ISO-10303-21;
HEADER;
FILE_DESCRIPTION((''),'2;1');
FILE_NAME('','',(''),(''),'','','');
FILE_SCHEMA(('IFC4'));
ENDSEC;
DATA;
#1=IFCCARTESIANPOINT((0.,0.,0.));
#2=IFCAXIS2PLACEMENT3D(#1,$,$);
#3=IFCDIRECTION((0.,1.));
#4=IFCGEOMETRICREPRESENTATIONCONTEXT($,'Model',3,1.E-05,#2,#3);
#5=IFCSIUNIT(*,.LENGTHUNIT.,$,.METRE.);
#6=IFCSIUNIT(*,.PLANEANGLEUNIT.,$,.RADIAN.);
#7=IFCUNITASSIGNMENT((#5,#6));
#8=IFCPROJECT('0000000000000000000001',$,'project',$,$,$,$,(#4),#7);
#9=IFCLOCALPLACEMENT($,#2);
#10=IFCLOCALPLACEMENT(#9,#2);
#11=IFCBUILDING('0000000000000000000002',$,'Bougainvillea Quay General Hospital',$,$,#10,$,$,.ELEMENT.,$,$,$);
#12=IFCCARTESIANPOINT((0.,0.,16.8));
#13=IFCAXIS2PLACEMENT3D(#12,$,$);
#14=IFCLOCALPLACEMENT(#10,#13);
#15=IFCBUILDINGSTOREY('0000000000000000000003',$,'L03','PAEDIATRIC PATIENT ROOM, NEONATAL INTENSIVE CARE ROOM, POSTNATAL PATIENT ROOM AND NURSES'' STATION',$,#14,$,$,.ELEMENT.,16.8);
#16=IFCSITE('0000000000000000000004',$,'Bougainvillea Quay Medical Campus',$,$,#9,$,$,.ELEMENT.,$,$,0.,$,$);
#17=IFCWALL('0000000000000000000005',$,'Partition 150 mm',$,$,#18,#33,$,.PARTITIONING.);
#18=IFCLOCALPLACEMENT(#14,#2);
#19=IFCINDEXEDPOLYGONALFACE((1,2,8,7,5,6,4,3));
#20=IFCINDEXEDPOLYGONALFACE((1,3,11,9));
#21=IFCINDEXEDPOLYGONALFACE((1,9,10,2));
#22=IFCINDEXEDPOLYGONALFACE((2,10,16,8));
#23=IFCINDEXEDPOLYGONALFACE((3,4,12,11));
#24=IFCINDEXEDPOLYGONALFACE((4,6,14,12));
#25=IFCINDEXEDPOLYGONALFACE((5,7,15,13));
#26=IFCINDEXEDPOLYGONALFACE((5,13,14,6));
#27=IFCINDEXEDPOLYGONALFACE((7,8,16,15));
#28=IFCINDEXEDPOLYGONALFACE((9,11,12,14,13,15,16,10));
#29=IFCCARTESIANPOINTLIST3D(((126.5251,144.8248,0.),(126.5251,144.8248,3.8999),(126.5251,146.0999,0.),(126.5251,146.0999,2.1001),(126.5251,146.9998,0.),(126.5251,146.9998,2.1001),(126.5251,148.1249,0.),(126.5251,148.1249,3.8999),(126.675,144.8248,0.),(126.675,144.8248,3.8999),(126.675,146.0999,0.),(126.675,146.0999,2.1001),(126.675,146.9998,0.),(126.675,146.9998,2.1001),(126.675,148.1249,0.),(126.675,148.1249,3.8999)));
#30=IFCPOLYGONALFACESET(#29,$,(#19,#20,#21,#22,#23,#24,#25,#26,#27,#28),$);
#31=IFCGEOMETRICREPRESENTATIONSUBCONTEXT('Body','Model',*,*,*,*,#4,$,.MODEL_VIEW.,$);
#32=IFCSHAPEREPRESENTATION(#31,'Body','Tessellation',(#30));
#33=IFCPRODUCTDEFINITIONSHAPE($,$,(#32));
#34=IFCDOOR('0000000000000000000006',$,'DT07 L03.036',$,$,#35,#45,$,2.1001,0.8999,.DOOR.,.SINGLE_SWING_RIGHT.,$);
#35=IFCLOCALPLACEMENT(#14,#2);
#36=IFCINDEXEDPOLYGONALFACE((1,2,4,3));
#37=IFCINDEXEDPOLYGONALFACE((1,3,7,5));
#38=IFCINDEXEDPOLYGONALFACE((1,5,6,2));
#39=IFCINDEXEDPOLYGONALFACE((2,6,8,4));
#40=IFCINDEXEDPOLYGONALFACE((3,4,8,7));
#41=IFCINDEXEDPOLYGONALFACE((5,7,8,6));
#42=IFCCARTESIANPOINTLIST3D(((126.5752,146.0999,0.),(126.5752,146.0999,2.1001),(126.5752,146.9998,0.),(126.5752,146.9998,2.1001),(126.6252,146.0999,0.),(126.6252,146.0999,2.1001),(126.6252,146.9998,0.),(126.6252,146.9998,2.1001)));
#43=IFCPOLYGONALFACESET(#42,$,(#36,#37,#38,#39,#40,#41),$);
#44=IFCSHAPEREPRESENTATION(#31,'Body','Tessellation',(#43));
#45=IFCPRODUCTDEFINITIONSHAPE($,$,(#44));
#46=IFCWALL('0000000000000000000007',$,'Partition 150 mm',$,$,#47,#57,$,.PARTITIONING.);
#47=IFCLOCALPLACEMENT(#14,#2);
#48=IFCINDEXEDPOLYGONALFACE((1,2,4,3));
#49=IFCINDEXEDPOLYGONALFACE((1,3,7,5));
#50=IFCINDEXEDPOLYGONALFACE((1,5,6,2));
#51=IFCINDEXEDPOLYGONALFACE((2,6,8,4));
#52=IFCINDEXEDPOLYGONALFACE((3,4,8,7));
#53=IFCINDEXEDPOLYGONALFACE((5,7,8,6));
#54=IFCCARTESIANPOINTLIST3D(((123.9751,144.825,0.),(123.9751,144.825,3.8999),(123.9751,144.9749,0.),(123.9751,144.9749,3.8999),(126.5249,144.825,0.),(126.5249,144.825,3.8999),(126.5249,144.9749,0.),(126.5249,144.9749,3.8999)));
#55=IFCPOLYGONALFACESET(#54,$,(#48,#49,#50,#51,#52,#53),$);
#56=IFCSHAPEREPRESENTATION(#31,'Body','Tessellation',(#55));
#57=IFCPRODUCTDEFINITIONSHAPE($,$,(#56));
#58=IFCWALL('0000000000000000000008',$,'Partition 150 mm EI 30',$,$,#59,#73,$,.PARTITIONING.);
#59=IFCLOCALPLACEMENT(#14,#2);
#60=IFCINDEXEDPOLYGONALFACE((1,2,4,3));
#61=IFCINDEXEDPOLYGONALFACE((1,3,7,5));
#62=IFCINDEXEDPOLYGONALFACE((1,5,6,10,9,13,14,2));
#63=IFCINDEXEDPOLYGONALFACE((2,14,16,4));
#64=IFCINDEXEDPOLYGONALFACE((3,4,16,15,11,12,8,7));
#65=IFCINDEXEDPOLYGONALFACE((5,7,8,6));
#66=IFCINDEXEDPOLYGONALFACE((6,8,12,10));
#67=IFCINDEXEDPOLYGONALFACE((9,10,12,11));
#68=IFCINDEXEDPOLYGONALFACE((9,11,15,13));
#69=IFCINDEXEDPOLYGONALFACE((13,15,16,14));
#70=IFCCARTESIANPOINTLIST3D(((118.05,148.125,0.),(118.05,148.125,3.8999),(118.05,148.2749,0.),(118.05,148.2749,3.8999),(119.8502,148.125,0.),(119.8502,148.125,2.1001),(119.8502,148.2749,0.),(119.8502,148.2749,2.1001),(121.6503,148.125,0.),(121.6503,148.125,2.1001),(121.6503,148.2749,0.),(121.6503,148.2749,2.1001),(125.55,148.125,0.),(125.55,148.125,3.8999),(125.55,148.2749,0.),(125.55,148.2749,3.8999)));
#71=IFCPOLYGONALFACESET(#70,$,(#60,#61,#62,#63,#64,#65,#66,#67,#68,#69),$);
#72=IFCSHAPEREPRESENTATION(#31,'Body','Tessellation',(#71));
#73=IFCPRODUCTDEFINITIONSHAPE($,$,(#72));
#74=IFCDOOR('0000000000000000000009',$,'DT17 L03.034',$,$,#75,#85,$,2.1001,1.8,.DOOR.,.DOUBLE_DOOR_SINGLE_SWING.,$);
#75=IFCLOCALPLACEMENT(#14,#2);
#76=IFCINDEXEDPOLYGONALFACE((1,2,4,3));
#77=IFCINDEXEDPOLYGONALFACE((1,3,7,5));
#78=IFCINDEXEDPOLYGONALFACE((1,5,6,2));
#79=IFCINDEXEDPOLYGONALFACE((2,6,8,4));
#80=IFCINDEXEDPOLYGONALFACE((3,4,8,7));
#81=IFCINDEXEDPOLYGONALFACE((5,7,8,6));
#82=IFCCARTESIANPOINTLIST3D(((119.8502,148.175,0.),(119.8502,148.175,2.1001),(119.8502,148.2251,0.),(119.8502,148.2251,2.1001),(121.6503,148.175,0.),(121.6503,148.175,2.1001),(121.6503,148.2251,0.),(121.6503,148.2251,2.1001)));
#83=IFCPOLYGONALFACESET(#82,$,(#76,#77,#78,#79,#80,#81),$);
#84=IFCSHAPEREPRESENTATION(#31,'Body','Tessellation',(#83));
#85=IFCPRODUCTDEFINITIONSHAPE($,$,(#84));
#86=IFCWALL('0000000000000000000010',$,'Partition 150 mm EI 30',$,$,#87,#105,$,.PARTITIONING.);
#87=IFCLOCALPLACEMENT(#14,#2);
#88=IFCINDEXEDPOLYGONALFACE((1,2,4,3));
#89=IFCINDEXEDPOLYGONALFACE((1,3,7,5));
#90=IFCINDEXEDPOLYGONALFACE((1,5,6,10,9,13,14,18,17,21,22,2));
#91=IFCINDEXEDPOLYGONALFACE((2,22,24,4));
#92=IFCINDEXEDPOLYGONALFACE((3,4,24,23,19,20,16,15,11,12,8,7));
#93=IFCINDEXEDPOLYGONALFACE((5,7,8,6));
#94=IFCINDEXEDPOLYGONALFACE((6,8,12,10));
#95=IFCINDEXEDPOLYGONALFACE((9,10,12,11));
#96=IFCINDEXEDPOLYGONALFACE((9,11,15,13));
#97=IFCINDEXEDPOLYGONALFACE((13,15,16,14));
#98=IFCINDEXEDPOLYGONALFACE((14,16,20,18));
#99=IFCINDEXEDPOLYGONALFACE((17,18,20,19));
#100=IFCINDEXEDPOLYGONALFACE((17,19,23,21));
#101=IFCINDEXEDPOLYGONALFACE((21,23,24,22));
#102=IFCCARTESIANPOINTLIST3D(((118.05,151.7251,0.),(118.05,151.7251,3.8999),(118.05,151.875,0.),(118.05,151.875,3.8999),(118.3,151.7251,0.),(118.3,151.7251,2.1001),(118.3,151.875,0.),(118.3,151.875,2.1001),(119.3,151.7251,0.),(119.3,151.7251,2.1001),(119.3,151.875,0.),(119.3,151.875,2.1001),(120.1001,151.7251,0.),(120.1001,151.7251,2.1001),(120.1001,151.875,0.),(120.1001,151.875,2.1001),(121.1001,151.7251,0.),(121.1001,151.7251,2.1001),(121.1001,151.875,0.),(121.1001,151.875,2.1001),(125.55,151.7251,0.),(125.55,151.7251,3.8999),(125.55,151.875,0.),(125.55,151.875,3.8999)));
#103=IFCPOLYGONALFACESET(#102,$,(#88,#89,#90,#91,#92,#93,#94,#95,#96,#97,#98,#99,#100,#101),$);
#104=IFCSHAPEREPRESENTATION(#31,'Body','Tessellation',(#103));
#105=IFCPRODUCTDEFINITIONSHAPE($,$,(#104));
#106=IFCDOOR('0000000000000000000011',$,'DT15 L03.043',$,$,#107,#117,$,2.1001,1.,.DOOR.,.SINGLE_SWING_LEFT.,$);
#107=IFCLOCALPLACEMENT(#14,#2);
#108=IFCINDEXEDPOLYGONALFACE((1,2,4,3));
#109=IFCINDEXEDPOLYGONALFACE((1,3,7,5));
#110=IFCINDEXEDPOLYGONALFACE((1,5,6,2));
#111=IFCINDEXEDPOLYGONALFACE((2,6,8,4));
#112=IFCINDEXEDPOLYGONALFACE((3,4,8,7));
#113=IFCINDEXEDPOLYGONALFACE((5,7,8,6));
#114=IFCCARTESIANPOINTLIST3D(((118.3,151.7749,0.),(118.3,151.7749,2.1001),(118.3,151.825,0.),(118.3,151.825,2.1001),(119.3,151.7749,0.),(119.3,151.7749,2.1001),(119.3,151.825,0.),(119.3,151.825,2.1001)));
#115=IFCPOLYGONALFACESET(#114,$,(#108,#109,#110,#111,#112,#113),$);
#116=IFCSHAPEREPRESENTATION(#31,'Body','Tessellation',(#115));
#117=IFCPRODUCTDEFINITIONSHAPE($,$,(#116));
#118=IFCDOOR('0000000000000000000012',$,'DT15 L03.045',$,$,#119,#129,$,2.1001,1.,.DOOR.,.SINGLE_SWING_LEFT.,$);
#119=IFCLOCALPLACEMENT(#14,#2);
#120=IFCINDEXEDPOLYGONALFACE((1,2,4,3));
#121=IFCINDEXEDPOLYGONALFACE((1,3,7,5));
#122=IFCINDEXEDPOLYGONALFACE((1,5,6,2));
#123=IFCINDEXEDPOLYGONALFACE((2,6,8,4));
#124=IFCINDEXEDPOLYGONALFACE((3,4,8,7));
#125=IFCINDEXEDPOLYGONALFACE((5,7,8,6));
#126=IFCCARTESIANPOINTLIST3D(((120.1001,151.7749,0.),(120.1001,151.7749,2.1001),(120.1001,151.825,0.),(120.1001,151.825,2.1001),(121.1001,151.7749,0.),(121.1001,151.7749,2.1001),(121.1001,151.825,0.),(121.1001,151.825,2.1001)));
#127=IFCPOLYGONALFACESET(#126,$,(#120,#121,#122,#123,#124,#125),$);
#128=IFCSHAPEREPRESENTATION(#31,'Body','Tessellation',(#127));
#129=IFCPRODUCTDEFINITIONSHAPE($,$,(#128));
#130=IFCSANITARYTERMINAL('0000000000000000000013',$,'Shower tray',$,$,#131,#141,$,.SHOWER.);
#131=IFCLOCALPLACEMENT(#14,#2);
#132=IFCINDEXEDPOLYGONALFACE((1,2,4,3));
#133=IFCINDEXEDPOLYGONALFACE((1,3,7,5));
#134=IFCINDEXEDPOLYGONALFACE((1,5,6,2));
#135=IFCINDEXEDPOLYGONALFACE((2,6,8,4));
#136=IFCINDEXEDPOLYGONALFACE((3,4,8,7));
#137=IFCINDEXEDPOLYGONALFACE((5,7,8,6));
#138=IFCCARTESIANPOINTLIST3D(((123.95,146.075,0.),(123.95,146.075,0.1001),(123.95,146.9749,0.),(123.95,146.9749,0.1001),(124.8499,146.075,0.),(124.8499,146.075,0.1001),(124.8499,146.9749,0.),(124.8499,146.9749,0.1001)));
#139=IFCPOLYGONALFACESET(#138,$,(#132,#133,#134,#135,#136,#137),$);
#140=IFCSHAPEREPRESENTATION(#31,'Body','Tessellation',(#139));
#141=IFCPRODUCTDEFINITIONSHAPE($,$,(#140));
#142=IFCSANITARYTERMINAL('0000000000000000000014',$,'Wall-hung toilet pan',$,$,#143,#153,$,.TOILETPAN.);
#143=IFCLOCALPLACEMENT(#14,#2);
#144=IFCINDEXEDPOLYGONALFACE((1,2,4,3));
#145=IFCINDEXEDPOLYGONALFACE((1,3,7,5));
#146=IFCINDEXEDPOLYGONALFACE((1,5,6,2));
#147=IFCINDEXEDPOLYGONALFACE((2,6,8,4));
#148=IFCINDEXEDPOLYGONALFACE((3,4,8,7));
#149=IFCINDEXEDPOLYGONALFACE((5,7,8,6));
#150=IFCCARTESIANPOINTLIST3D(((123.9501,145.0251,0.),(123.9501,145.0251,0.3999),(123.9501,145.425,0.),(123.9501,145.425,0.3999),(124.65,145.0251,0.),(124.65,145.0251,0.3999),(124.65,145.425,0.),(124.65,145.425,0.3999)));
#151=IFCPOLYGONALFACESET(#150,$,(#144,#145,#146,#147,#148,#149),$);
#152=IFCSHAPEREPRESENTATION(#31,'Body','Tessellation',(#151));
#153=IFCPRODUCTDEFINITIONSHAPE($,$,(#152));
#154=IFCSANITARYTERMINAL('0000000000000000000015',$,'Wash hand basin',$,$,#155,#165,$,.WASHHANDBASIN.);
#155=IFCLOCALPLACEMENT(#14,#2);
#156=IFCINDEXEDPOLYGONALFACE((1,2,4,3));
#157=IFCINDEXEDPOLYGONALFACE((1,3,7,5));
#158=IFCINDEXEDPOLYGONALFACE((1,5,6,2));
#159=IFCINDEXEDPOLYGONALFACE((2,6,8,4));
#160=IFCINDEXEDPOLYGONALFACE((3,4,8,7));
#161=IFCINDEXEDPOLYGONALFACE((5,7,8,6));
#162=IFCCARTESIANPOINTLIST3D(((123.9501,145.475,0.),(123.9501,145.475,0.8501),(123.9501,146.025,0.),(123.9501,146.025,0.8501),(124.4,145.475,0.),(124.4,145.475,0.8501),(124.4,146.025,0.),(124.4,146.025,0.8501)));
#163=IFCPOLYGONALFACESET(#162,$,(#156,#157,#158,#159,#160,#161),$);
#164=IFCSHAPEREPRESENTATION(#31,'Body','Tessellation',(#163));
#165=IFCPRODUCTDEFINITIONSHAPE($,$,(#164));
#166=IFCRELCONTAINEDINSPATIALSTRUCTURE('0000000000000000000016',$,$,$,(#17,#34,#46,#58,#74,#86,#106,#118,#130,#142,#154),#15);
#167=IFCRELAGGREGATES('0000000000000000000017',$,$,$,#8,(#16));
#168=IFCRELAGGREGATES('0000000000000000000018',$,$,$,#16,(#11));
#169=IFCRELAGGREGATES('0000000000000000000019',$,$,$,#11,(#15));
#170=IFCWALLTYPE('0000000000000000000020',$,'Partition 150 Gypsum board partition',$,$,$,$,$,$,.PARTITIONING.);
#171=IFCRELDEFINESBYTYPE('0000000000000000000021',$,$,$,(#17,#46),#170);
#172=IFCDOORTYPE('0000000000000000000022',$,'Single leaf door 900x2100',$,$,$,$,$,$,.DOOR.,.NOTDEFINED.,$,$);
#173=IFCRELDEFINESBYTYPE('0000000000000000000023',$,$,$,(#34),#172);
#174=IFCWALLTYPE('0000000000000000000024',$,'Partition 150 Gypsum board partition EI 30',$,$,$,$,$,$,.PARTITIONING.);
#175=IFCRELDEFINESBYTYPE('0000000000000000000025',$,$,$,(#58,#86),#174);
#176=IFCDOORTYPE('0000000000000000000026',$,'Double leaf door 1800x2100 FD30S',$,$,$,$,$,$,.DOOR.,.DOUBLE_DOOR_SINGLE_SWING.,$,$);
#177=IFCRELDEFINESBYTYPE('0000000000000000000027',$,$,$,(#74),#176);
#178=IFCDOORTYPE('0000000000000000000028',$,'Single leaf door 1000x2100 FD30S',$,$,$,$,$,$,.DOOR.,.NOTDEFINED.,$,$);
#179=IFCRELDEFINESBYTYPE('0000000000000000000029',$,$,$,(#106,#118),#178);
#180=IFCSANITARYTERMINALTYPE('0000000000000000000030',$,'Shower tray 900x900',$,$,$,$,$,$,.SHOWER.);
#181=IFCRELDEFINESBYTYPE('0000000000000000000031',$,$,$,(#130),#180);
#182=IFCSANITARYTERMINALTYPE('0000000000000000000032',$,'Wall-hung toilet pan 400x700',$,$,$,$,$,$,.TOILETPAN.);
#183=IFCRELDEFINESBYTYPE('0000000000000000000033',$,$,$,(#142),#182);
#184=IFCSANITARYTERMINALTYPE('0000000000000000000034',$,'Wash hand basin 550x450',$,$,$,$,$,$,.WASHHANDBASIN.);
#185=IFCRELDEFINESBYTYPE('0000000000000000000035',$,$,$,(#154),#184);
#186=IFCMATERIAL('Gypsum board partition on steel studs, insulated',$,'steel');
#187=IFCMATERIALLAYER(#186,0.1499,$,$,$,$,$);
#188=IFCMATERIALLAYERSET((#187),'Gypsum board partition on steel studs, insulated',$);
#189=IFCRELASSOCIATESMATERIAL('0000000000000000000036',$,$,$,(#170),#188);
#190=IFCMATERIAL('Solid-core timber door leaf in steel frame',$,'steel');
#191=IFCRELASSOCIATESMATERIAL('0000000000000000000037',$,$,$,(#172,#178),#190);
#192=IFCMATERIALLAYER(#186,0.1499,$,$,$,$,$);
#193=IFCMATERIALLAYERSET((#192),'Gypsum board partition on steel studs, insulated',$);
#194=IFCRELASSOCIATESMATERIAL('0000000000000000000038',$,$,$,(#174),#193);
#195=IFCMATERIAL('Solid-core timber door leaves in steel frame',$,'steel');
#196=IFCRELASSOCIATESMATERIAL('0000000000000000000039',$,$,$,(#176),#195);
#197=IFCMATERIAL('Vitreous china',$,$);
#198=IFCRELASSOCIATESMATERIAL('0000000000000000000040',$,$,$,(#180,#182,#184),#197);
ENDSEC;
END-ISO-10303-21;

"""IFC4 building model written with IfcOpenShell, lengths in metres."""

from ifc_helpers import new_model, si_unit, direction, frame, frame_2d, origin, origin_2d, place, context, subcontext, project, spatial, rectangle, extrude, material, layer, layer_set, type_object, element, fill, save


model = new_model("IFC4")

# Units and contexts
model_context = context("Model", 3, precision=1e-05, world=origin(), true_north=direction((0.0, 1.0)))
body_context = subcontext(model_context, "Body", "Model", "MODEL_VIEW")
ifc_project = project(units=[si_unit("LENGTHUNIT", "METRE"), si_unit("PLANEANGLEUNIT", "RADIAN")], contexts=[model_context])

# Site, building, storey
site_placement = place(None, origin())
site = spatial("IfcSite", under=ifc_project, at=site_placement, Name="Bougainvillea Quay Medical Campus", CompositionType="ELEMENT", RefElevation=0.0)
building_placement = place(site_placement, origin())
building = spatial("IfcBuilding", under=site, at=building_placement, Name="Bougainvillea Quay General Hospital", CompositionType="ELEMENT")
storey_placement = place(building_placement, frame((0.0, 0.0, 16.8)))
storey = spatial("IfcBuildingStorey", under=building, at=storey_placement, Name="L03", Description="PAEDIATRIC PATIENT ROOM, NEONATAL INTENSIVE CARE ROOM, POSTNATAL PATIENT ROOM AND NURSES' STATION", CompositionType="ELEMENT", Elevation=16.8)

# Shared definitions
ifc_material_1 = material(Name="Gypsum board partition on steel studs, insulated", Category="steel")
ifc_layer_1 = layer(ifc_material_1, 0.1499)
ifc_layer_set_1 = layer_set([ifc_layer_1], Name="Gypsum board partition on steel studs, insulated")
wall_type_1 = type_object("IfcWallType", Name="Partition 150 Gypsum board partition", PredefinedType="PARTITIONING", material=ifc_layer_set_1)

# Wall, opening, door
wall_1_placement = place(storey_placement, frame((126.6001, 144.825, 0.0), z_axis=(0.0, 0.0, 1.0), x_axis=(0.0, 1.0, 0.0)))
wall_1 = element("IfcWall", 1, at=wall_1_placement, inside=storey, type_object=wall_type_1, Name="Partition 150 mm", PredefinedType="PARTITIONING", context=body_context, shape_type="SweptSolid", body=[
    extrude(rectangle(XDim=3.3, YDim=0.1499, at=frame_2d((1.6499, 0.0))), origin(), (0.0, 0.0, 1.0), 3.8999),
])
opening_1_placement = place(wall_1_placement, frame((1.2749, 0.0, 0.0)))
opening_1 = element("IfcOpeningElement", 2, at=opening_1_placement, cuts=wall_1, PredefinedType="OPENING", context=body_context, shape_type="SweptSolid", body=[
    extrude(rectangle(XDim=0.8999, YDim=2.1001, at=frame_2d((0.45, 1.05))), frame((0.0, 0.085, 0.0), z_axis=(0.0, -1.0, 0.0), x_axis=(1.0, 0.0, 0.0)), (0.0, 0.0, 1.0), 0.1699),
])
ifc_material_2 = material(Name="Solid-core timber door leaf in steel frame", Category="steel")
door_type_1 = type_object("IfcDoorType", Name="Single leaf door 900x2100", OperationType="NOTDEFINED", PredefinedType="DOOR", material=ifc_material_2)
door_1_placement = place(opening_1_placement, origin())
door_1 = element("IfcDoor", 3, at=door_1_placement, inside=storey, type_object=door_type_1, Name="DT07 L03.036", OperationType="SINGLE_SWING_RIGHT", OverallHeight=2.1001, OverallWidth=0.8999, PredefinedType="DOOR", context=body_context, shape_type="SweptSolid", body=[
    extrude(rectangle(XDim=0.8999, YDim=2.1001, at=frame_2d((0.45, 1.05))), frame((0.0, 0.0249, 0.0), z_axis=(0.0, -1.0, 0.0), x_axis=(1.0, 0.0, 0.0)), (0.0, 0.0, 1.0), 0.05),
])
fill(opening_1, door_1)

# Wall
wall_2_placement = place(storey_placement, frame((123.9751, 144.8999, 0.0), z_axis=(0.0, 0.0, 1.0), x_axis=(1.0, 0.0, 0.0)))
element("IfcWall", 4, at=wall_2_placement, inside=storey, type_object=wall_type_1, Name="Partition 150 mm", PredefinedType="PARTITIONING", context=body_context, shape_type="SweptSolid", body=[
    extrude(rectangle(XDim=2.5498, YDim=0.1499, at=frame_2d((1.2749, 0.0))), origin(), (0.0, 0.0, 1.0), 3.8999),
])

# Wall, opening, door
ifc_layer_2 = layer(ifc_material_1, 0.1499)
ifc_layer_set_2 = layer_set([ifc_layer_2], Name="Gypsum board partition on steel studs, insulated")
wall_type_2 = type_object("IfcWallType", Name="Partition 150 Gypsum board partition EI 30", PredefinedType="PARTITIONING", material=ifc_layer_set_2)
wall_3_placement = place(storey_placement, frame((125.55, 148.2, 0.0), z_axis=(0.0, 0.0, 1.0), x_axis=(-1.0, 0.0, 0.0)))
wall_3 = element("IfcWall", 5, at=wall_3_placement, inside=storey, type_object=wall_type_2, Name="Partition 150 mm EI 30", PredefinedType="PARTITIONING", context=body_context, shape_type="SweptSolid", body=[
    extrude(rectangle(XDim=7.5, YDim=0.1499, at=frame_2d((3.75, 0.0))), origin(), (0.0, 0.0, 1.0), 3.8999),
])
opening_2_placement = place(wall_3_placement, frame((3.8999, 0.0, 0.0)))
opening_2 = element("IfcOpeningElement", 6, at=opening_2_placement, cuts=wall_3, PredefinedType="OPENING", context=body_context, shape_type="SweptSolid", body=[
    extrude(rectangle(XDim=1.8, YDim=2.1001, at=frame_2d((0.8999, 1.05))), frame((0.0, 0.085, 0.0), z_axis=(0.0, -1.0, 0.0), x_axis=(1.0, 0.0, 0.0)), (0.0, 0.0, 1.0), 0.1699),
])
ifc_material_3 = material(Name="Solid-core timber door leaves in steel frame", Category="steel")
door_type_2 = type_object("IfcDoorType", Name="Double leaf door 1800x2100 FD30S", OperationType="DOUBLE_DOOR_SINGLE_SWING", PredefinedType="DOOR", material=ifc_material_3)
door_2_placement = place(opening_2_placement, origin())
door_2 = element("IfcDoor", 7, at=door_2_placement, inside=storey, type_object=door_type_2, Name="DT17 L03.034", OperationType="DOUBLE_DOOR_SINGLE_SWING", OverallHeight=2.1001, OverallWidth=1.8, PredefinedType="DOOR", context=body_context, shape_type="SweptSolid", body=[
    extrude(rectangle(XDim=1.8, YDim=2.1001, at=frame_2d((0.8999, 1.05))), frame((0.0, 0.0249, 0.0), z_axis=(0.0, -1.0, 0.0), x_axis=(1.0, 0.0, 0.0)), (0.0, 0.0, 1.0), 0.05),
])
fill(opening_2, door_2)

# Wall, openings, doors
wall_4_placement = place(storey_placement, frame((125.55, 151.8, 0.0), z_axis=(0.0, 0.0, 1.0), x_axis=(-1.0, 0.0, 0.0)))
wall_4 = element("IfcWall", 8, at=wall_4_placement, inside=storey, type_object=wall_type_2, Name="Partition 150 mm EI 30", PredefinedType="PARTITIONING", context=body_context, shape_type="SweptSolid", body=[
    extrude(rectangle(XDim=7.5, YDim=0.1499, at=frame_2d((3.75, 0.0))), origin(), (0.0, 0.0, 1.0), 3.8999),
])
opening_3_placement = place(wall_4_placement, frame((6.25, 0.0, 0.0)))
opening_3 = element("IfcOpeningElement", 9, at=opening_3_placement, cuts=wall_4, PredefinedType="OPENING", context=body_context, shape_type="SweptSolid", body=[
    extrude(rectangle(XDim=1.0, YDim=2.1001, at=frame_2d((0.5, 1.05))), frame((0.0, 0.085, 0.0), z_axis=(0.0, -1.0, 0.0), x_axis=(1.0, 0.0, 0.0)), (0.0, 0.0, 1.0), 0.1699),
])
opening_4_placement = place(wall_4_placement, frame((4.45, 0.0, 0.0)))
opening_4 = element("IfcOpeningElement", 10, at=opening_4_placement, cuts=wall_4, PredefinedType="OPENING", context=body_context, shape_type="SweptSolid", body=[
    extrude(rectangle(XDim=1.0, YDim=2.1001, at=frame_2d((0.5, 1.05))), frame((0.0, 0.085, 0.0), z_axis=(0.0, -1.0, 0.0), x_axis=(1.0, 0.0, 0.0)), (0.0, 0.0, 1.0), 0.1699),
])
door_type_3 = type_object("IfcDoorType", Name="Single leaf door 1000x2100 FD30S", OperationType="NOTDEFINED", PredefinedType="DOOR", material=ifc_material_2)
door_3_placement = place(opening_3_placement, frame((1.0, 0.0, 0.0), z_axis=(0.0, 0.0, 1.0), x_axis=(-1.0, 0.0, 0.0)))
door_3 = element("IfcDoor", 11, at=door_3_placement, inside=storey, type_object=door_type_3, Name="DT15 L03.043", OperationType="SINGLE_SWING_LEFT", OverallHeight=2.1001, OverallWidth=1.0, PredefinedType="DOOR", context=body_context, shape_type="SweptSolid", body=[
    extrude(rectangle(XDim=1.0, YDim=2.1001, at=frame_2d((0.5, 1.05))), frame((0.0, 0.0249, 0.0), z_axis=(0.0, -1.0, 0.0), x_axis=(1.0, 0.0, 0.0)), (0.0, 0.0, 1.0), 0.05),
])
fill(opening_3, door_3)
door_4_placement = place(opening_4_placement, frame((1.0, 0.0, 0.0), z_axis=(0.0, 0.0, 1.0), x_axis=(-1.0, 0.0, 0.0)))
door_4 = element("IfcDoor", 12, at=door_4_placement, inside=storey, type_object=door_type_3, Name="DT15 L03.045", OperationType="SINGLE_SWING_LEFT", OverallHeight=2.1001, OverallWidth=1.0, PredefinedType="DOOR", context=body_context, shape_type="SweptSolid", body=[
    extrude(rectangle(XDim=1.0, YDim=2.1001, at=frame_2d((0.5, 1.05))), frame((0.0, 0.0249, 0.0), z_axis=(0.0, -1.0, 0.0), x_axis=(1.0, 0.0, 0.0)), (0.0, 0.0, 1.0), 0.05),
])
fill(opening_4, door_4)

# Sanitary terminals
ifc_material_4 = material(Name="Vitreous china")
sanitary_terminal_type_1 = type_object("IfcSanitaryTerminalType", Name="Shower tray 900x900", PredefinedType="SHOWER", material=ifc_material_4)
sanitary_terminal_1_placement = place(storey_placement, frame((124.3999, 146.5249, 0.0), z_axis=(0.0, 0.0, 1.0), x_axis=(0.0, 1.0, 0.0)))
element("IfcSanitaryTerminal", 13, at=sanitary_terminal_1_placement, inside=storey, type_object=sanitary_terminal_type_1, Name="Shower tray", PredefinedType="SHOWER", context=body_context, shape_type="SweptSolid", body=[
    extrude(rectangle(XDim=0.8999, YDim=0.8999, at=origin_2d()), origin(), (0.0, 0.0, 1.0), 0.1001),
])
sanitary_terminal_type_2 = type_object("IfcSanitaryTerminalType", Name="Wall-hung toilet pan 400x700", PredefinedType="TOILETPAN", material=ifc_material_4)
sanitary_terminal_2_placement = place(storey_placement, frame((124.3, 145.2251, 0.0), z_axis=(0.0, 0.0, 1.0), x_axis=(0.0, 1.0, 0.0)))
element("IfcSanitaryTerminal", 14, at=sanitary_terminal_2_placement, inside=storey, type_object=sanitary_terminal_type_2, Name="Wall-hung toilet pan", PredefinedType="TOILETPAN", context=body_context, shape_type="SweptSolid", body=[
    extrude(rectangle(XDim=0.3999, YDim=0.7, at=origin_2d()), origin(), (0.0, 0.0, 1.0), 0.3999),
])
sanitary_terminal_type_3 = type_object("IfcSanitaryTerminalType", Name="Wash hand basin 550x450", PredefinedType="WASHHANDBASIN", material=ifc_material_4)
sanitary_terminal_3_placement = place(storey_placement, frame((124.175, 145.75, 0.0), z_axis=(0.0, 0.0, 1.0), x_axis=(0.0, 1.0, 0.0)))
element("IfcSanitaryTerminal", 15, at=sanitary_terminal_3_placement, inside=storey, type_object=sanitary_terminal_type_3, Name="Wash hand basin", PredefinedType="WASHHANDBASIN", context=body_context, shape_type="SweptSolid", body=[
    extrude(rectangle(XDim=0.55, YDim=0.45, at=origin_2d()), origin(), (0.0, 0.0, 1.0), 0.8501),
])

save(model, "model.ifc")
